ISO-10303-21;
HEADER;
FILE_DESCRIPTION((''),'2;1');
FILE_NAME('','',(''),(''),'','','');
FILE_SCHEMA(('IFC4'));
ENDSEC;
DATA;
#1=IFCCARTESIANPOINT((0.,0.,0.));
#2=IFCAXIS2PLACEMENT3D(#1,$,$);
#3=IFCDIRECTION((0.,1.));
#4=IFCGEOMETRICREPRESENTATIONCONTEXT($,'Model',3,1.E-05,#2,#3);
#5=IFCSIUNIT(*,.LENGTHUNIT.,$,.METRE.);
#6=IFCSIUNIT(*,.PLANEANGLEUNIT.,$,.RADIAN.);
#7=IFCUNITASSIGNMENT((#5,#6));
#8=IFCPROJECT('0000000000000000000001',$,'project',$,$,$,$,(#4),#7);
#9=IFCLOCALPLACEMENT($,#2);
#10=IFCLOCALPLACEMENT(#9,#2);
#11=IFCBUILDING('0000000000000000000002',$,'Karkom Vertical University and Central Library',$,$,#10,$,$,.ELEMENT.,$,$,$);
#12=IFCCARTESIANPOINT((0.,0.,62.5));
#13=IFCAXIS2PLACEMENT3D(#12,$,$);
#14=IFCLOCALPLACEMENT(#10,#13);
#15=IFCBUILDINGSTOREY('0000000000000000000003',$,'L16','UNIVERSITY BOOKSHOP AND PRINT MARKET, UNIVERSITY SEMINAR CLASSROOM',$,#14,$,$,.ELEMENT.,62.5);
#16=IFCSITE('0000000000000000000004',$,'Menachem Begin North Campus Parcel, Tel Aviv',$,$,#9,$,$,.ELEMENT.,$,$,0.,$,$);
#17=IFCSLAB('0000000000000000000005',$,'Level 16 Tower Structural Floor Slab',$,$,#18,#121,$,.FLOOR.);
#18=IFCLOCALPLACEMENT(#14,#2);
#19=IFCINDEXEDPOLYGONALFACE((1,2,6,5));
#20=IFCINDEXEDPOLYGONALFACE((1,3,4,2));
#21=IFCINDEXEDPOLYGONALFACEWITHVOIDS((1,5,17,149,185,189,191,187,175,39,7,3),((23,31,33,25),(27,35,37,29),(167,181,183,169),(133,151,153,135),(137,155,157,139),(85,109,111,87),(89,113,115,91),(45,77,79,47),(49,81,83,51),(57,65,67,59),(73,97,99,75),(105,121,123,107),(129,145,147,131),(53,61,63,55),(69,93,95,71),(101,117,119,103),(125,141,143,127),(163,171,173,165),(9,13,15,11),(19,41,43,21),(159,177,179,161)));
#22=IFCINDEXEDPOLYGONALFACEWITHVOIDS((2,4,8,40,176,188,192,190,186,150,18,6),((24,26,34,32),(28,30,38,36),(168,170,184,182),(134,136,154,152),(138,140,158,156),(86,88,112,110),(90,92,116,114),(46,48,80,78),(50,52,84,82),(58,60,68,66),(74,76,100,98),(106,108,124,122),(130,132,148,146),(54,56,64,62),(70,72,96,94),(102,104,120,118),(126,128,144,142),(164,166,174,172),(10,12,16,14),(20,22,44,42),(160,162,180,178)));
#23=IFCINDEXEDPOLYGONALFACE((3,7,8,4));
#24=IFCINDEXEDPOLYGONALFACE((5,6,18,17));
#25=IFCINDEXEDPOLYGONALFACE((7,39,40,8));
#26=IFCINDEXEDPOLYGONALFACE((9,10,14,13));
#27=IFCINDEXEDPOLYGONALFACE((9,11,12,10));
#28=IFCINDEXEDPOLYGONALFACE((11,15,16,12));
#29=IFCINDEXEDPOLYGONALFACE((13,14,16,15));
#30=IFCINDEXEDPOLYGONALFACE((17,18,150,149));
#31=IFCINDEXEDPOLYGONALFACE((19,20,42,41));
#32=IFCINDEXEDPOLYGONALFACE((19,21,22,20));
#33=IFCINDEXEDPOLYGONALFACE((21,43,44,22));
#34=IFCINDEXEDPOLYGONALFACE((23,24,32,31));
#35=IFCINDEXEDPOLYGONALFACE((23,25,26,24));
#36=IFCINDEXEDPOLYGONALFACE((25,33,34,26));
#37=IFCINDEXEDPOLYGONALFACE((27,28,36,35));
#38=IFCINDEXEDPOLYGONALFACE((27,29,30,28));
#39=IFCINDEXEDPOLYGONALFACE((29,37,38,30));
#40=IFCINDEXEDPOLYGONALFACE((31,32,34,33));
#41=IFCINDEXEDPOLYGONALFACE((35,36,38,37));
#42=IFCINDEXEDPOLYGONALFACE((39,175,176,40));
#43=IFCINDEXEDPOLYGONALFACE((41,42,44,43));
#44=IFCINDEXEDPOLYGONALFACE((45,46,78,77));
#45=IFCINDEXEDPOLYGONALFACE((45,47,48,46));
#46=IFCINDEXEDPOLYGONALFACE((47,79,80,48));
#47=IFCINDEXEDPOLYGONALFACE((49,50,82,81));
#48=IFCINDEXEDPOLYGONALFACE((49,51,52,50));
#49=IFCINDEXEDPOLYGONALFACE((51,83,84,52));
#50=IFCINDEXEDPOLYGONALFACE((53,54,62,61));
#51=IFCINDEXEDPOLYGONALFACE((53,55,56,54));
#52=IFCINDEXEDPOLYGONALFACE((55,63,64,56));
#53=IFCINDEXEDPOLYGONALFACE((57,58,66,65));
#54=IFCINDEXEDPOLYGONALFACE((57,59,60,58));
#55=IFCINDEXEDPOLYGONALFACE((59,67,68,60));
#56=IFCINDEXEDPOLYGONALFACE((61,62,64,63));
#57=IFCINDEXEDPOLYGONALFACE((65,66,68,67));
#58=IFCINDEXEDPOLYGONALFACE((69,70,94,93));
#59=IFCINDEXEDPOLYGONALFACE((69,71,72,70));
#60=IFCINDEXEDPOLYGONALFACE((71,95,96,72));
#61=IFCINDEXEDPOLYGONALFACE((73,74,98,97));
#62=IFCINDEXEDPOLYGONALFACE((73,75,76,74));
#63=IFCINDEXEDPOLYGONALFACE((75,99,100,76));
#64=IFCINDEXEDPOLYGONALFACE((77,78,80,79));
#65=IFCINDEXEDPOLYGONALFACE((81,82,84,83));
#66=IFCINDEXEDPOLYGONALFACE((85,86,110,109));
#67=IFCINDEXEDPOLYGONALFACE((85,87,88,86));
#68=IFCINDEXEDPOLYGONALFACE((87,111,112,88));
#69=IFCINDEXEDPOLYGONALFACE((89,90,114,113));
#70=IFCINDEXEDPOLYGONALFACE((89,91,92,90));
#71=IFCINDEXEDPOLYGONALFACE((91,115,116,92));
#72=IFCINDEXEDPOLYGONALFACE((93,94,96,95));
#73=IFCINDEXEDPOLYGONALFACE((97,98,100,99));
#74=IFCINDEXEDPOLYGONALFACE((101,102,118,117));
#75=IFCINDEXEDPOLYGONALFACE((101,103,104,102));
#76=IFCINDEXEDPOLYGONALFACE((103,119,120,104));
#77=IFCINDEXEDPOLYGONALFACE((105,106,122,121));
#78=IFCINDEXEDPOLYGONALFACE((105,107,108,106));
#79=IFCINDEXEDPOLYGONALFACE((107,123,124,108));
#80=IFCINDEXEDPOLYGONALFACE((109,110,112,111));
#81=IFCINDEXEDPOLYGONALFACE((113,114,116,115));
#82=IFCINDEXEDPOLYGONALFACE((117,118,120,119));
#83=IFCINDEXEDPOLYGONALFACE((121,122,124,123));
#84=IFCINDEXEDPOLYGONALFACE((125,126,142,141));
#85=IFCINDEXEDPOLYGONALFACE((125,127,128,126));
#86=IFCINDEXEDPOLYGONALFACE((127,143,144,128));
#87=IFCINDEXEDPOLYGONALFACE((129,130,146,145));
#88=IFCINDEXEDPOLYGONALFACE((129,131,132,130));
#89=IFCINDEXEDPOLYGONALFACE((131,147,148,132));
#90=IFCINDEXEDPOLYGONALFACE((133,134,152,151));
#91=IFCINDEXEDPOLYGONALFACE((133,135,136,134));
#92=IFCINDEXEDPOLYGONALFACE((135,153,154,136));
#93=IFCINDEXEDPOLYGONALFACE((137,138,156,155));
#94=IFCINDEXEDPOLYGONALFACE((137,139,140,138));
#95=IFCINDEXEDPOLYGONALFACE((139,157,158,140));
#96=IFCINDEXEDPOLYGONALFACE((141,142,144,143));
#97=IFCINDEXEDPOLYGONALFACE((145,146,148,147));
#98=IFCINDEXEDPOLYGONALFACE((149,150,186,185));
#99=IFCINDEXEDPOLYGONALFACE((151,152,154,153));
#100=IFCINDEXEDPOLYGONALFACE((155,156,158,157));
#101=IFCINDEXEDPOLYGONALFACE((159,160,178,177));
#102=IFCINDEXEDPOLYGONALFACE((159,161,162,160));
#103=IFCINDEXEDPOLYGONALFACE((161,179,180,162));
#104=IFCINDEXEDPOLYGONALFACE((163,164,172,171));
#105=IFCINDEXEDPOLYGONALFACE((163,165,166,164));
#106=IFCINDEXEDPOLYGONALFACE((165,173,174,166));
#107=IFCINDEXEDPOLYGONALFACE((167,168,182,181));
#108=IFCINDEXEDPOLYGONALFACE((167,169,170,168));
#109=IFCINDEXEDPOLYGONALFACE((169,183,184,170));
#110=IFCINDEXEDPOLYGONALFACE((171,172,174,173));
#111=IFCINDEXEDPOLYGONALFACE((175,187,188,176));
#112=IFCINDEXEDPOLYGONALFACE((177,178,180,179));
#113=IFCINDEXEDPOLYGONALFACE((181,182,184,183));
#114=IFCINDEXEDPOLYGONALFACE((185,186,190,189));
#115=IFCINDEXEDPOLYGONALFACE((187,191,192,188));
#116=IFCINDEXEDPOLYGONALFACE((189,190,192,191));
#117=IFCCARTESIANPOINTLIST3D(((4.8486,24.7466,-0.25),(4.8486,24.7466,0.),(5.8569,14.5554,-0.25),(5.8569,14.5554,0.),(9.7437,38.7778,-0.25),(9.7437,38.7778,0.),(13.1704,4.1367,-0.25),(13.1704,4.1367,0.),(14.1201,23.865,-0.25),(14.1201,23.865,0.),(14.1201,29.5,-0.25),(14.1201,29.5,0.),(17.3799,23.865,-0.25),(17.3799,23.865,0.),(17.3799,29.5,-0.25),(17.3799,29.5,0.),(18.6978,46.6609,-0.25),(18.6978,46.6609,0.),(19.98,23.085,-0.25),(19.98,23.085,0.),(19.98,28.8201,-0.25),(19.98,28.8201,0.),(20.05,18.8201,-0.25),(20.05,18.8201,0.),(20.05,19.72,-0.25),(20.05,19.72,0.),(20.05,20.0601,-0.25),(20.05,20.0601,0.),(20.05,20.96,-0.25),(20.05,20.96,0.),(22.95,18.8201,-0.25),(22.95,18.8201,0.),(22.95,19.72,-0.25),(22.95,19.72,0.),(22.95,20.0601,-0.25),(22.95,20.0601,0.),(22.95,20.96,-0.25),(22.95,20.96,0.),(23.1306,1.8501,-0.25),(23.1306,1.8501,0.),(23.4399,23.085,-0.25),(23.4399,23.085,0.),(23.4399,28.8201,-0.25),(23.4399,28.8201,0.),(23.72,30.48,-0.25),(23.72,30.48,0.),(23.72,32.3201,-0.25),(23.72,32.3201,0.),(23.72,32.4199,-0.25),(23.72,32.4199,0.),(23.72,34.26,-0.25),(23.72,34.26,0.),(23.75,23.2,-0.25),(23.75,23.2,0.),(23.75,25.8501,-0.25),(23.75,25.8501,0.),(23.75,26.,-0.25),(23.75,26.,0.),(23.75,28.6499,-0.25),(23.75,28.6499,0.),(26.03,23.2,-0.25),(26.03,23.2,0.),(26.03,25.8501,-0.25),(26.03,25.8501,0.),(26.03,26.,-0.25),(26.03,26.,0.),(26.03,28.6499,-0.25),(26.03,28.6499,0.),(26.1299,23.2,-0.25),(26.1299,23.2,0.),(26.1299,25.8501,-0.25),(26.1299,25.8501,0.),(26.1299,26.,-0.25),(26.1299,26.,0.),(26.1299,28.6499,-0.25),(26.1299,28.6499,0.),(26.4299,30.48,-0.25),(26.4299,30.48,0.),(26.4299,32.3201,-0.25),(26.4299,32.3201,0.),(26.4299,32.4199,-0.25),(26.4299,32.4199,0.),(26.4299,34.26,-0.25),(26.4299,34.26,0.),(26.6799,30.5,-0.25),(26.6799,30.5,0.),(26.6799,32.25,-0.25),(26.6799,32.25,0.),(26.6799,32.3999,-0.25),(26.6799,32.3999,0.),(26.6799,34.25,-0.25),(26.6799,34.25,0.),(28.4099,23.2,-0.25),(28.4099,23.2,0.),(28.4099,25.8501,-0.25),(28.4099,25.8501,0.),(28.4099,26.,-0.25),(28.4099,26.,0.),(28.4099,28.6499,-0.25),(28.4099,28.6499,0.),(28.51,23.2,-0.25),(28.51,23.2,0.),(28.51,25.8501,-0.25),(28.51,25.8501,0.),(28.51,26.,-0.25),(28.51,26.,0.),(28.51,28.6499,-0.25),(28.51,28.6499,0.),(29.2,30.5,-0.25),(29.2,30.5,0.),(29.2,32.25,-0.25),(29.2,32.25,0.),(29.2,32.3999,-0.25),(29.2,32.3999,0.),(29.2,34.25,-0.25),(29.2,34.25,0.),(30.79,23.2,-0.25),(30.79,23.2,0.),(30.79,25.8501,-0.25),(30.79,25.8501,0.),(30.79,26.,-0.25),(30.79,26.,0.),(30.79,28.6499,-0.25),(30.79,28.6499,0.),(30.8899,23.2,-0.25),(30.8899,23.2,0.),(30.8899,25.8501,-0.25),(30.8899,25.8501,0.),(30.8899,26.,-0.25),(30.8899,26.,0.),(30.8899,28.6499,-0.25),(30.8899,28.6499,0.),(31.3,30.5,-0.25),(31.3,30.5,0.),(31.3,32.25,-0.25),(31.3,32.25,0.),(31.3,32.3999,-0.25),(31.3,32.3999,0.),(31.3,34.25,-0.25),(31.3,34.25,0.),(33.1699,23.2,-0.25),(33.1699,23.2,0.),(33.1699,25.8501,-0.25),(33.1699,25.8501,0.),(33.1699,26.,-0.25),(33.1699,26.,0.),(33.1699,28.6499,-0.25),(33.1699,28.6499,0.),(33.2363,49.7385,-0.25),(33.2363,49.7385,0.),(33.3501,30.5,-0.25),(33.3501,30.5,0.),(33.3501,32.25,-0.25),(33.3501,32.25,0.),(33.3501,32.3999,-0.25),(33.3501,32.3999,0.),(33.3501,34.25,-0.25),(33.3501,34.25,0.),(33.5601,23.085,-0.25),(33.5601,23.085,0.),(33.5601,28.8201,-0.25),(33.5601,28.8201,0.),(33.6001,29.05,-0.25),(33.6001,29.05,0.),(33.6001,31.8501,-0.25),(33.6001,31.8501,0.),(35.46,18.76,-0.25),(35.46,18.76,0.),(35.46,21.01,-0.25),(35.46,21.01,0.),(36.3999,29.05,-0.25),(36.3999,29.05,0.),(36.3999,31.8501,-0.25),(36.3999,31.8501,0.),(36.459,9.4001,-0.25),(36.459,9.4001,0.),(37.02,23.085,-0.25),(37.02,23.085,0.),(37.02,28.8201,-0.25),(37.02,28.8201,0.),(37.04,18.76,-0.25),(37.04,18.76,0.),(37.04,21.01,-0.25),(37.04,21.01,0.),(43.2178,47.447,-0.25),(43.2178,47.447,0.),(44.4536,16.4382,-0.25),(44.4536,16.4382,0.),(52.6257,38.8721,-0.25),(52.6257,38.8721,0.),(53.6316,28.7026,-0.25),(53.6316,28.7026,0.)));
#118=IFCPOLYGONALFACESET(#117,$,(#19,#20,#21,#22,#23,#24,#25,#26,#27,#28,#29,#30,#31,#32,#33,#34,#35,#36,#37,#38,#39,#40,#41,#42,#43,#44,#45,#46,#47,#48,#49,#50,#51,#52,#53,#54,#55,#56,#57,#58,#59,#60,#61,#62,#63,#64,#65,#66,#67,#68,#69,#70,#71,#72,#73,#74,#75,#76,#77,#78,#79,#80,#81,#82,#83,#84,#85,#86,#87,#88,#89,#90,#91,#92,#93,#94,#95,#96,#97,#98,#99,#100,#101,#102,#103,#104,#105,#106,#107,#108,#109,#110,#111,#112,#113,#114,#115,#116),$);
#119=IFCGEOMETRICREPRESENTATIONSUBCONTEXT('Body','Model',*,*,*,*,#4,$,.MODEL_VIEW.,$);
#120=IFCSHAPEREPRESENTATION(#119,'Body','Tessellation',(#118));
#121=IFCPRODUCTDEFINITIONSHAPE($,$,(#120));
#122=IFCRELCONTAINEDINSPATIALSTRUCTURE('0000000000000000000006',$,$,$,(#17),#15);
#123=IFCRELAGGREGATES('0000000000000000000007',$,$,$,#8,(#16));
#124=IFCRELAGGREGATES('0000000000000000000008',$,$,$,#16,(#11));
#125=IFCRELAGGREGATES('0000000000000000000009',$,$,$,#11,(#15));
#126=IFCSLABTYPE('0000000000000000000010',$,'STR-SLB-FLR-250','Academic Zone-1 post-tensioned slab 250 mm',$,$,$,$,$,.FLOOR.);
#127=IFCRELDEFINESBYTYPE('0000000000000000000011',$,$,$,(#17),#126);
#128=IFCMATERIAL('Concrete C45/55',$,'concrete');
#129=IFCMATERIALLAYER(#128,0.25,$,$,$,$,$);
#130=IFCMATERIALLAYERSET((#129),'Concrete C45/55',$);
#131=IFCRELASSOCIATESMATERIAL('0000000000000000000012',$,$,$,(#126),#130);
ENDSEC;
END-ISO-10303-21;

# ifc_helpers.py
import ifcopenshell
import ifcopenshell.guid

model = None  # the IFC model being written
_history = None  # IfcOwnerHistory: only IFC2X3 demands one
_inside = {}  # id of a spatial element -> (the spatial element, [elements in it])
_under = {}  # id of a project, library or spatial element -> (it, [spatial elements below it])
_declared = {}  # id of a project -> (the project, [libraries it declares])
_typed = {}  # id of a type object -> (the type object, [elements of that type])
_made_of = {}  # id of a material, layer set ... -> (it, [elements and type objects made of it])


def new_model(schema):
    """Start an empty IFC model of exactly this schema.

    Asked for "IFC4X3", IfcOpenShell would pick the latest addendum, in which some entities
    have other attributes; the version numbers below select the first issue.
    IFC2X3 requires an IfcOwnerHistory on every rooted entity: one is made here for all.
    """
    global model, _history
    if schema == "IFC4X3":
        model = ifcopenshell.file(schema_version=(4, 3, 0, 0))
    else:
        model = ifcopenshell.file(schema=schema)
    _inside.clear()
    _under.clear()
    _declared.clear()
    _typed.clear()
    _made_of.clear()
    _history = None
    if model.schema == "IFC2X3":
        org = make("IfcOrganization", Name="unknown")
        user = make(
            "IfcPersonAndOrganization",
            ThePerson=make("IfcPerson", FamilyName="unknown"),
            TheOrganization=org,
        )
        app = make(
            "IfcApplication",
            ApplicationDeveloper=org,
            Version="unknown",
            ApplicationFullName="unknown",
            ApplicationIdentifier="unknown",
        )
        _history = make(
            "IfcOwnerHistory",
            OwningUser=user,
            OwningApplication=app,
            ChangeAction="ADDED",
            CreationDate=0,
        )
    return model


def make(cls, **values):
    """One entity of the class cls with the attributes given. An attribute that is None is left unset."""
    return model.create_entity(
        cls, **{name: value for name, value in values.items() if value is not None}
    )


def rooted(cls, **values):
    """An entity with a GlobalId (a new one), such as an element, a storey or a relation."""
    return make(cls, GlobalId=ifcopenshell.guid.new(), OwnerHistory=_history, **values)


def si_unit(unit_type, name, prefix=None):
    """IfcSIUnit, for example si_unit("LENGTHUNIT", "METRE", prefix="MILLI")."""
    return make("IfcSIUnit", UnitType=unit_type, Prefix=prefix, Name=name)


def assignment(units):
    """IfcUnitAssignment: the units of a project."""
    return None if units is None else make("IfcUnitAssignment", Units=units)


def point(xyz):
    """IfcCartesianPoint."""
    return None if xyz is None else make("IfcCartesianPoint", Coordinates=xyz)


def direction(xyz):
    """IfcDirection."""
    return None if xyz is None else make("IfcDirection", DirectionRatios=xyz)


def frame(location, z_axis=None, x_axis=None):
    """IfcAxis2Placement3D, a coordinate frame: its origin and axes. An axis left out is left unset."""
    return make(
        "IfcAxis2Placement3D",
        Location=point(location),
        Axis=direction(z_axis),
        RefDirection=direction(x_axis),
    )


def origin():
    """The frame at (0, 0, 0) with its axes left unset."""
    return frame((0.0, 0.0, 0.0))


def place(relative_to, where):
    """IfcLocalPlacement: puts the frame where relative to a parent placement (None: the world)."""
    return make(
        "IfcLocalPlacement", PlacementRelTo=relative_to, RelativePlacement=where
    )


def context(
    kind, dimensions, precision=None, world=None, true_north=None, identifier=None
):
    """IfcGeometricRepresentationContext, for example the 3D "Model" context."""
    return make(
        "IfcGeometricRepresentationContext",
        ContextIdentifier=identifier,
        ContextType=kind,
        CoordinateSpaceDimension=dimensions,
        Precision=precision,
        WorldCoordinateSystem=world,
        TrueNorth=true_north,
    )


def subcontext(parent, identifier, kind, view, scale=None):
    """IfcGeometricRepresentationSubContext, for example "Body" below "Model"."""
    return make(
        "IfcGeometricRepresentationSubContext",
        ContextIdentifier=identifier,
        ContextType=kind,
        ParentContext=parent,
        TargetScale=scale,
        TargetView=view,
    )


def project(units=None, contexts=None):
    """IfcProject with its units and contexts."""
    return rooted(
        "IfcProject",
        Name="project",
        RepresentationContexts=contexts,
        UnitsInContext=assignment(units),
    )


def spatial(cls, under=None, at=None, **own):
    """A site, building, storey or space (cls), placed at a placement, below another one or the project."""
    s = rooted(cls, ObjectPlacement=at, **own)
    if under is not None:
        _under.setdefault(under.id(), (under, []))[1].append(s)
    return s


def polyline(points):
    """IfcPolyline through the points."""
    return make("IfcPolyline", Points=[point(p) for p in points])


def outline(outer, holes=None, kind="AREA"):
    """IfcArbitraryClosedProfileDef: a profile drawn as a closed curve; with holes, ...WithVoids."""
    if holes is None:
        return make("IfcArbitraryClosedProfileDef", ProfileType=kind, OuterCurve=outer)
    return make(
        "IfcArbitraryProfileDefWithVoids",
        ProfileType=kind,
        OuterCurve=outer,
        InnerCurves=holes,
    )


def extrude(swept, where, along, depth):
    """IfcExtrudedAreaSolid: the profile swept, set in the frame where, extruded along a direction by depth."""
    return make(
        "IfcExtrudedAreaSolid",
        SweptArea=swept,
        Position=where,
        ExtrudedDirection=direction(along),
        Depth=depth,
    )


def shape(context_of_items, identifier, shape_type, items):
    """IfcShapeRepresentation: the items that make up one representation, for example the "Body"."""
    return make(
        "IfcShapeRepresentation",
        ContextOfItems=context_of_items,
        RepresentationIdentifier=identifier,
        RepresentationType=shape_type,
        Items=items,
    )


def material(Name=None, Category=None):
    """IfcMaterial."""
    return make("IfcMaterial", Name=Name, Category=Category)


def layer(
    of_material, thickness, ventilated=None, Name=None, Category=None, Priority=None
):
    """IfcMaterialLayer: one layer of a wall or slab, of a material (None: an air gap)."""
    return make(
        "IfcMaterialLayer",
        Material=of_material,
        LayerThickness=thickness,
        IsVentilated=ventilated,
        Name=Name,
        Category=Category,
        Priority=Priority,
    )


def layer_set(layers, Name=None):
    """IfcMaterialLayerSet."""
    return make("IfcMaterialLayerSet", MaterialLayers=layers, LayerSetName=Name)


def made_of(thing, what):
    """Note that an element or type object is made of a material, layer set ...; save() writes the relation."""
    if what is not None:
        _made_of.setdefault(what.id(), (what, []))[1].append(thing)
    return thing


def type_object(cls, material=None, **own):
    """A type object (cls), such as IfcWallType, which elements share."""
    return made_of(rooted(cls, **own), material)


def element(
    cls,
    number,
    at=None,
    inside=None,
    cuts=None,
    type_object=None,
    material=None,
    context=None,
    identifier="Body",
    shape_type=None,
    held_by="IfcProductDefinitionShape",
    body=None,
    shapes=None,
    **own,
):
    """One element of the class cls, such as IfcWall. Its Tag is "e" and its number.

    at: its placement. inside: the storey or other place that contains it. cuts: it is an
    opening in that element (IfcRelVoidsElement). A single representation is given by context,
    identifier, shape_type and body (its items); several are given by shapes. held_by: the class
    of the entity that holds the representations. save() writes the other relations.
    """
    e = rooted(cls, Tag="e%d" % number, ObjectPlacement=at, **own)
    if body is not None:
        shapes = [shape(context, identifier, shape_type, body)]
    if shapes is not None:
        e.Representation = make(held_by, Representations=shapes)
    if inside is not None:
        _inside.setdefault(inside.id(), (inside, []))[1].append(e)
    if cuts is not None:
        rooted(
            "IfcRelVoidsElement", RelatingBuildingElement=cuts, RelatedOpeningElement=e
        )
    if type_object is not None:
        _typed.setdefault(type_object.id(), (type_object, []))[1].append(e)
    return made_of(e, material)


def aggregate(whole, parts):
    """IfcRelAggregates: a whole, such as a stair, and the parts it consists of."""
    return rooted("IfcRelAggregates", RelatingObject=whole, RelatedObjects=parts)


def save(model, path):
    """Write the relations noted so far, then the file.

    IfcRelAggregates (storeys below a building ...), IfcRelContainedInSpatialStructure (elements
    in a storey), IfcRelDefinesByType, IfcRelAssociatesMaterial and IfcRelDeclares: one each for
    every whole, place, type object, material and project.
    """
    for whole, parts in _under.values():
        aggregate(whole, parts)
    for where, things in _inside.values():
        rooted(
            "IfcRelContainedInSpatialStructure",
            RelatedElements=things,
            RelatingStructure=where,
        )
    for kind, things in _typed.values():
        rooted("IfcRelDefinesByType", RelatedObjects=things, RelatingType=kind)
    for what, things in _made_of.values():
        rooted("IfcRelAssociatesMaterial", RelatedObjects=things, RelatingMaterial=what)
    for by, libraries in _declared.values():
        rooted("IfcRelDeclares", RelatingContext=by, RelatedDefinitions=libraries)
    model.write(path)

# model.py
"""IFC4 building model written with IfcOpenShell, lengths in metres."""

from ifc_helpers import new_model, si_unit, direction, frame, origin, place, context, subcontext, project, spatial, polyline, outline, extrude, material, layer, layer_set, type_object, element, save


model = new_model("IFC4")

# Units and contexts
model_context = context("Model", 3, precision=1e-05, world=origin(), true_north=direction((0.0, 1.0)))
body_context = subcontext(model_context, "Body", "Model", "MODEL_VIEW")
ifc_project = project(units=[si_unit("LENGTHUNIT", "METRE"), si_unit("PLANEANGLEUNIT", "RADIAN")], contexts=[model_context])

# Site, building, storey
site_placement = place(None, origin())
site = spatial("IfcSite", under=ifc_project, at=site_placement, Name="Menachem Begin North Campus Parcel, Tel Aviv", CompositionType="ELEMENT", RefElevation=0.0)
building_placement = place(site_placement, origin())
building = spatial("IfcBuilding", under=site, at=building_placement, Name="Karkom Vertical University and Central Library", CompositionType="ELEMENT")
storey_placement = place(building_placement, frame((0.0, 0.0, 62.5)))
storey = spatial("IfcBuildingStorey", under=building, at=storey_placement, Name="L16", Description="UNIVERSITY BOOKSHOP AND PRINT MARKET, UNIVERSITY SEMINAR CLASSROOM", CompositionType="ELEMENT", Elevation=62.5)

# Shared definitions
ifc_material_1 = material(Name="Concrete C45/55", Category="concrete")

# Slab
ifc_layer_1 = layer(ifc_material_1, 0.25)
ifc_layer_set_1 = layer_set([ifc_layer_1], Name="Concrete C45/55")
slab_type_1 = type_object("IfcSlabType", Name="STR-SLB-FLR-250", Description="Academic Zone-1 post-tensioned slab 250 mm", PredefinedType="FLOOR", material=ifc_layer_set_1)
slab_1_placement = place(storey_placement, frame((0.0, 0.0, -0.25)))
element("IfcSlab", 1, at=slab_1_placement, inside=storey, type_object=slab_type_1, Name="Level 16 Tower Structural Floor Slab", PredefinedType="FLOOR", context=body_context, shape_type="SweptSolid", body=[
    extrude(outline(polyline([(18.6978, 46.6609), (9.7437, 38.7778), (4.8486, 24.7466), (5.8569, 14.5554), (13.1704, 4.1367), (23.1306, 1.8501), (36.459, 9.4001), (44.4536, 16.4382), (53.6316, 28.7026), (52.6257, 38.8721), (43.2178, 47.447), (33.2363, 49.7385), (18.6978, 46.6609)]), holes=[polyline([(19.98, 23.085), (23.4399, 23.085), (23.4399, 28.8201), (19.98, 28.8201), (19.98, 23.085)]), polyline([(33.5601, 23.085), (37.02, 23.085), (37.02, 28.8201), (33.5601, 28.8201), (33.5601, 23.085)]), polyline([(14.1201, 23.865), (17.3799, 23.865), (17.3799, 29.5), (14.1201, 29.5), (14.1201, 23.865)]), polyline([(23.75, 23.2), (26.03, 23.2), (26.03, 25.8501), (23.75, 25.8501), (23.75, 23.2)]), polyline([(26.1299, 23.2), (28.4099, 23.2), (28.4099, 25.8501), (26.1299, 25.8501), (26.1299, 23.2)]), polyline([(28.51, 23.2), (30.79, 23.2), (30.79, 25.8501), (28.51, 25.8501), (28.51, 23.2)]), polyline([(30.8899, 23.2), (33.1699, 23.2), (33.1699, 25.8501), (30.8899, 25.8501), (30.8899, 23.2)]), polyline([(23.75, 26.0), (26.03, 26.0), (26.03, 28.6499), (23.75, 28.6499), (23.75, 26.0)]), polyline([(26.1299, 26.0), (28.4099, 26.0), (28.4099, 28.6499), (26.1299, 28.6499), (26.1299, 26.0)]), polyline([(28.51, 26.0), (30.79, 26.0), (30.79, 28.6499), (28.51, 28.6499), (28.51, 26.0)]), polyline([(30.8899, 26.0), (33.1699, 26.0), (33.1699, 28.6499), (30.8899, 28.6499), (30.8899, 26.0)]), polyline([(26.6799, 30.5), (29.2, 30.5), (29.2, 32.25), (26.6799, 32.25), (26.6799, 30.5)]), polyline([(26.6799, 32.3999), (29.2, 32.3999), (29.2, 34.25), (26.6799, 34.25), (26.6799, 32.3999)]), polyline([(31.3, 30.5), (33.3501, 30.5), (33.3501, 32.25), (31.3, 32.25), (31.3, 30.5)]), polyline([(31.3, 32.3999), (33.3501, 32.3999), (33.3501, 34.25), (31.3, 34.25), (31.3, 32.3999)]), polyline([(23.72, 30.48), (26.4299, 30.48), (26.4299, 32.3201), (23.72, 32.3201), (23.72, 30.48)]), polyline([(23.72, 32.4199), (26.4299, 32.4199), (26.4299, 34.26), (23.72, 34.26), (23.72, 32.4199)]), polyline([(33.6001, 29.05), (36.3999, 29.05), (36.3999, 31.8501), (33.6001, 31.8501), (33.6001, 29.05)]), polyline([(20.05, 18.8201), (22.95, 18.8201), (22.95, 19.72), (20.05, 19.72), (20.05, 18.8201)]), polyline([(20.05, 20.0601), (22.95, 20.0601), (22.95, 20.96), (20.05, 20.96), (20.05, 20.0601)]), polyline([(35.46, 18.76), (37.04, 18.76), (37.04, 21.01), (35.46, 21.01), (35.46, 18.76)])]), origin(), (0.0, 0.0, 1.0), 0.25),
])

save(model, "model.ifc")
